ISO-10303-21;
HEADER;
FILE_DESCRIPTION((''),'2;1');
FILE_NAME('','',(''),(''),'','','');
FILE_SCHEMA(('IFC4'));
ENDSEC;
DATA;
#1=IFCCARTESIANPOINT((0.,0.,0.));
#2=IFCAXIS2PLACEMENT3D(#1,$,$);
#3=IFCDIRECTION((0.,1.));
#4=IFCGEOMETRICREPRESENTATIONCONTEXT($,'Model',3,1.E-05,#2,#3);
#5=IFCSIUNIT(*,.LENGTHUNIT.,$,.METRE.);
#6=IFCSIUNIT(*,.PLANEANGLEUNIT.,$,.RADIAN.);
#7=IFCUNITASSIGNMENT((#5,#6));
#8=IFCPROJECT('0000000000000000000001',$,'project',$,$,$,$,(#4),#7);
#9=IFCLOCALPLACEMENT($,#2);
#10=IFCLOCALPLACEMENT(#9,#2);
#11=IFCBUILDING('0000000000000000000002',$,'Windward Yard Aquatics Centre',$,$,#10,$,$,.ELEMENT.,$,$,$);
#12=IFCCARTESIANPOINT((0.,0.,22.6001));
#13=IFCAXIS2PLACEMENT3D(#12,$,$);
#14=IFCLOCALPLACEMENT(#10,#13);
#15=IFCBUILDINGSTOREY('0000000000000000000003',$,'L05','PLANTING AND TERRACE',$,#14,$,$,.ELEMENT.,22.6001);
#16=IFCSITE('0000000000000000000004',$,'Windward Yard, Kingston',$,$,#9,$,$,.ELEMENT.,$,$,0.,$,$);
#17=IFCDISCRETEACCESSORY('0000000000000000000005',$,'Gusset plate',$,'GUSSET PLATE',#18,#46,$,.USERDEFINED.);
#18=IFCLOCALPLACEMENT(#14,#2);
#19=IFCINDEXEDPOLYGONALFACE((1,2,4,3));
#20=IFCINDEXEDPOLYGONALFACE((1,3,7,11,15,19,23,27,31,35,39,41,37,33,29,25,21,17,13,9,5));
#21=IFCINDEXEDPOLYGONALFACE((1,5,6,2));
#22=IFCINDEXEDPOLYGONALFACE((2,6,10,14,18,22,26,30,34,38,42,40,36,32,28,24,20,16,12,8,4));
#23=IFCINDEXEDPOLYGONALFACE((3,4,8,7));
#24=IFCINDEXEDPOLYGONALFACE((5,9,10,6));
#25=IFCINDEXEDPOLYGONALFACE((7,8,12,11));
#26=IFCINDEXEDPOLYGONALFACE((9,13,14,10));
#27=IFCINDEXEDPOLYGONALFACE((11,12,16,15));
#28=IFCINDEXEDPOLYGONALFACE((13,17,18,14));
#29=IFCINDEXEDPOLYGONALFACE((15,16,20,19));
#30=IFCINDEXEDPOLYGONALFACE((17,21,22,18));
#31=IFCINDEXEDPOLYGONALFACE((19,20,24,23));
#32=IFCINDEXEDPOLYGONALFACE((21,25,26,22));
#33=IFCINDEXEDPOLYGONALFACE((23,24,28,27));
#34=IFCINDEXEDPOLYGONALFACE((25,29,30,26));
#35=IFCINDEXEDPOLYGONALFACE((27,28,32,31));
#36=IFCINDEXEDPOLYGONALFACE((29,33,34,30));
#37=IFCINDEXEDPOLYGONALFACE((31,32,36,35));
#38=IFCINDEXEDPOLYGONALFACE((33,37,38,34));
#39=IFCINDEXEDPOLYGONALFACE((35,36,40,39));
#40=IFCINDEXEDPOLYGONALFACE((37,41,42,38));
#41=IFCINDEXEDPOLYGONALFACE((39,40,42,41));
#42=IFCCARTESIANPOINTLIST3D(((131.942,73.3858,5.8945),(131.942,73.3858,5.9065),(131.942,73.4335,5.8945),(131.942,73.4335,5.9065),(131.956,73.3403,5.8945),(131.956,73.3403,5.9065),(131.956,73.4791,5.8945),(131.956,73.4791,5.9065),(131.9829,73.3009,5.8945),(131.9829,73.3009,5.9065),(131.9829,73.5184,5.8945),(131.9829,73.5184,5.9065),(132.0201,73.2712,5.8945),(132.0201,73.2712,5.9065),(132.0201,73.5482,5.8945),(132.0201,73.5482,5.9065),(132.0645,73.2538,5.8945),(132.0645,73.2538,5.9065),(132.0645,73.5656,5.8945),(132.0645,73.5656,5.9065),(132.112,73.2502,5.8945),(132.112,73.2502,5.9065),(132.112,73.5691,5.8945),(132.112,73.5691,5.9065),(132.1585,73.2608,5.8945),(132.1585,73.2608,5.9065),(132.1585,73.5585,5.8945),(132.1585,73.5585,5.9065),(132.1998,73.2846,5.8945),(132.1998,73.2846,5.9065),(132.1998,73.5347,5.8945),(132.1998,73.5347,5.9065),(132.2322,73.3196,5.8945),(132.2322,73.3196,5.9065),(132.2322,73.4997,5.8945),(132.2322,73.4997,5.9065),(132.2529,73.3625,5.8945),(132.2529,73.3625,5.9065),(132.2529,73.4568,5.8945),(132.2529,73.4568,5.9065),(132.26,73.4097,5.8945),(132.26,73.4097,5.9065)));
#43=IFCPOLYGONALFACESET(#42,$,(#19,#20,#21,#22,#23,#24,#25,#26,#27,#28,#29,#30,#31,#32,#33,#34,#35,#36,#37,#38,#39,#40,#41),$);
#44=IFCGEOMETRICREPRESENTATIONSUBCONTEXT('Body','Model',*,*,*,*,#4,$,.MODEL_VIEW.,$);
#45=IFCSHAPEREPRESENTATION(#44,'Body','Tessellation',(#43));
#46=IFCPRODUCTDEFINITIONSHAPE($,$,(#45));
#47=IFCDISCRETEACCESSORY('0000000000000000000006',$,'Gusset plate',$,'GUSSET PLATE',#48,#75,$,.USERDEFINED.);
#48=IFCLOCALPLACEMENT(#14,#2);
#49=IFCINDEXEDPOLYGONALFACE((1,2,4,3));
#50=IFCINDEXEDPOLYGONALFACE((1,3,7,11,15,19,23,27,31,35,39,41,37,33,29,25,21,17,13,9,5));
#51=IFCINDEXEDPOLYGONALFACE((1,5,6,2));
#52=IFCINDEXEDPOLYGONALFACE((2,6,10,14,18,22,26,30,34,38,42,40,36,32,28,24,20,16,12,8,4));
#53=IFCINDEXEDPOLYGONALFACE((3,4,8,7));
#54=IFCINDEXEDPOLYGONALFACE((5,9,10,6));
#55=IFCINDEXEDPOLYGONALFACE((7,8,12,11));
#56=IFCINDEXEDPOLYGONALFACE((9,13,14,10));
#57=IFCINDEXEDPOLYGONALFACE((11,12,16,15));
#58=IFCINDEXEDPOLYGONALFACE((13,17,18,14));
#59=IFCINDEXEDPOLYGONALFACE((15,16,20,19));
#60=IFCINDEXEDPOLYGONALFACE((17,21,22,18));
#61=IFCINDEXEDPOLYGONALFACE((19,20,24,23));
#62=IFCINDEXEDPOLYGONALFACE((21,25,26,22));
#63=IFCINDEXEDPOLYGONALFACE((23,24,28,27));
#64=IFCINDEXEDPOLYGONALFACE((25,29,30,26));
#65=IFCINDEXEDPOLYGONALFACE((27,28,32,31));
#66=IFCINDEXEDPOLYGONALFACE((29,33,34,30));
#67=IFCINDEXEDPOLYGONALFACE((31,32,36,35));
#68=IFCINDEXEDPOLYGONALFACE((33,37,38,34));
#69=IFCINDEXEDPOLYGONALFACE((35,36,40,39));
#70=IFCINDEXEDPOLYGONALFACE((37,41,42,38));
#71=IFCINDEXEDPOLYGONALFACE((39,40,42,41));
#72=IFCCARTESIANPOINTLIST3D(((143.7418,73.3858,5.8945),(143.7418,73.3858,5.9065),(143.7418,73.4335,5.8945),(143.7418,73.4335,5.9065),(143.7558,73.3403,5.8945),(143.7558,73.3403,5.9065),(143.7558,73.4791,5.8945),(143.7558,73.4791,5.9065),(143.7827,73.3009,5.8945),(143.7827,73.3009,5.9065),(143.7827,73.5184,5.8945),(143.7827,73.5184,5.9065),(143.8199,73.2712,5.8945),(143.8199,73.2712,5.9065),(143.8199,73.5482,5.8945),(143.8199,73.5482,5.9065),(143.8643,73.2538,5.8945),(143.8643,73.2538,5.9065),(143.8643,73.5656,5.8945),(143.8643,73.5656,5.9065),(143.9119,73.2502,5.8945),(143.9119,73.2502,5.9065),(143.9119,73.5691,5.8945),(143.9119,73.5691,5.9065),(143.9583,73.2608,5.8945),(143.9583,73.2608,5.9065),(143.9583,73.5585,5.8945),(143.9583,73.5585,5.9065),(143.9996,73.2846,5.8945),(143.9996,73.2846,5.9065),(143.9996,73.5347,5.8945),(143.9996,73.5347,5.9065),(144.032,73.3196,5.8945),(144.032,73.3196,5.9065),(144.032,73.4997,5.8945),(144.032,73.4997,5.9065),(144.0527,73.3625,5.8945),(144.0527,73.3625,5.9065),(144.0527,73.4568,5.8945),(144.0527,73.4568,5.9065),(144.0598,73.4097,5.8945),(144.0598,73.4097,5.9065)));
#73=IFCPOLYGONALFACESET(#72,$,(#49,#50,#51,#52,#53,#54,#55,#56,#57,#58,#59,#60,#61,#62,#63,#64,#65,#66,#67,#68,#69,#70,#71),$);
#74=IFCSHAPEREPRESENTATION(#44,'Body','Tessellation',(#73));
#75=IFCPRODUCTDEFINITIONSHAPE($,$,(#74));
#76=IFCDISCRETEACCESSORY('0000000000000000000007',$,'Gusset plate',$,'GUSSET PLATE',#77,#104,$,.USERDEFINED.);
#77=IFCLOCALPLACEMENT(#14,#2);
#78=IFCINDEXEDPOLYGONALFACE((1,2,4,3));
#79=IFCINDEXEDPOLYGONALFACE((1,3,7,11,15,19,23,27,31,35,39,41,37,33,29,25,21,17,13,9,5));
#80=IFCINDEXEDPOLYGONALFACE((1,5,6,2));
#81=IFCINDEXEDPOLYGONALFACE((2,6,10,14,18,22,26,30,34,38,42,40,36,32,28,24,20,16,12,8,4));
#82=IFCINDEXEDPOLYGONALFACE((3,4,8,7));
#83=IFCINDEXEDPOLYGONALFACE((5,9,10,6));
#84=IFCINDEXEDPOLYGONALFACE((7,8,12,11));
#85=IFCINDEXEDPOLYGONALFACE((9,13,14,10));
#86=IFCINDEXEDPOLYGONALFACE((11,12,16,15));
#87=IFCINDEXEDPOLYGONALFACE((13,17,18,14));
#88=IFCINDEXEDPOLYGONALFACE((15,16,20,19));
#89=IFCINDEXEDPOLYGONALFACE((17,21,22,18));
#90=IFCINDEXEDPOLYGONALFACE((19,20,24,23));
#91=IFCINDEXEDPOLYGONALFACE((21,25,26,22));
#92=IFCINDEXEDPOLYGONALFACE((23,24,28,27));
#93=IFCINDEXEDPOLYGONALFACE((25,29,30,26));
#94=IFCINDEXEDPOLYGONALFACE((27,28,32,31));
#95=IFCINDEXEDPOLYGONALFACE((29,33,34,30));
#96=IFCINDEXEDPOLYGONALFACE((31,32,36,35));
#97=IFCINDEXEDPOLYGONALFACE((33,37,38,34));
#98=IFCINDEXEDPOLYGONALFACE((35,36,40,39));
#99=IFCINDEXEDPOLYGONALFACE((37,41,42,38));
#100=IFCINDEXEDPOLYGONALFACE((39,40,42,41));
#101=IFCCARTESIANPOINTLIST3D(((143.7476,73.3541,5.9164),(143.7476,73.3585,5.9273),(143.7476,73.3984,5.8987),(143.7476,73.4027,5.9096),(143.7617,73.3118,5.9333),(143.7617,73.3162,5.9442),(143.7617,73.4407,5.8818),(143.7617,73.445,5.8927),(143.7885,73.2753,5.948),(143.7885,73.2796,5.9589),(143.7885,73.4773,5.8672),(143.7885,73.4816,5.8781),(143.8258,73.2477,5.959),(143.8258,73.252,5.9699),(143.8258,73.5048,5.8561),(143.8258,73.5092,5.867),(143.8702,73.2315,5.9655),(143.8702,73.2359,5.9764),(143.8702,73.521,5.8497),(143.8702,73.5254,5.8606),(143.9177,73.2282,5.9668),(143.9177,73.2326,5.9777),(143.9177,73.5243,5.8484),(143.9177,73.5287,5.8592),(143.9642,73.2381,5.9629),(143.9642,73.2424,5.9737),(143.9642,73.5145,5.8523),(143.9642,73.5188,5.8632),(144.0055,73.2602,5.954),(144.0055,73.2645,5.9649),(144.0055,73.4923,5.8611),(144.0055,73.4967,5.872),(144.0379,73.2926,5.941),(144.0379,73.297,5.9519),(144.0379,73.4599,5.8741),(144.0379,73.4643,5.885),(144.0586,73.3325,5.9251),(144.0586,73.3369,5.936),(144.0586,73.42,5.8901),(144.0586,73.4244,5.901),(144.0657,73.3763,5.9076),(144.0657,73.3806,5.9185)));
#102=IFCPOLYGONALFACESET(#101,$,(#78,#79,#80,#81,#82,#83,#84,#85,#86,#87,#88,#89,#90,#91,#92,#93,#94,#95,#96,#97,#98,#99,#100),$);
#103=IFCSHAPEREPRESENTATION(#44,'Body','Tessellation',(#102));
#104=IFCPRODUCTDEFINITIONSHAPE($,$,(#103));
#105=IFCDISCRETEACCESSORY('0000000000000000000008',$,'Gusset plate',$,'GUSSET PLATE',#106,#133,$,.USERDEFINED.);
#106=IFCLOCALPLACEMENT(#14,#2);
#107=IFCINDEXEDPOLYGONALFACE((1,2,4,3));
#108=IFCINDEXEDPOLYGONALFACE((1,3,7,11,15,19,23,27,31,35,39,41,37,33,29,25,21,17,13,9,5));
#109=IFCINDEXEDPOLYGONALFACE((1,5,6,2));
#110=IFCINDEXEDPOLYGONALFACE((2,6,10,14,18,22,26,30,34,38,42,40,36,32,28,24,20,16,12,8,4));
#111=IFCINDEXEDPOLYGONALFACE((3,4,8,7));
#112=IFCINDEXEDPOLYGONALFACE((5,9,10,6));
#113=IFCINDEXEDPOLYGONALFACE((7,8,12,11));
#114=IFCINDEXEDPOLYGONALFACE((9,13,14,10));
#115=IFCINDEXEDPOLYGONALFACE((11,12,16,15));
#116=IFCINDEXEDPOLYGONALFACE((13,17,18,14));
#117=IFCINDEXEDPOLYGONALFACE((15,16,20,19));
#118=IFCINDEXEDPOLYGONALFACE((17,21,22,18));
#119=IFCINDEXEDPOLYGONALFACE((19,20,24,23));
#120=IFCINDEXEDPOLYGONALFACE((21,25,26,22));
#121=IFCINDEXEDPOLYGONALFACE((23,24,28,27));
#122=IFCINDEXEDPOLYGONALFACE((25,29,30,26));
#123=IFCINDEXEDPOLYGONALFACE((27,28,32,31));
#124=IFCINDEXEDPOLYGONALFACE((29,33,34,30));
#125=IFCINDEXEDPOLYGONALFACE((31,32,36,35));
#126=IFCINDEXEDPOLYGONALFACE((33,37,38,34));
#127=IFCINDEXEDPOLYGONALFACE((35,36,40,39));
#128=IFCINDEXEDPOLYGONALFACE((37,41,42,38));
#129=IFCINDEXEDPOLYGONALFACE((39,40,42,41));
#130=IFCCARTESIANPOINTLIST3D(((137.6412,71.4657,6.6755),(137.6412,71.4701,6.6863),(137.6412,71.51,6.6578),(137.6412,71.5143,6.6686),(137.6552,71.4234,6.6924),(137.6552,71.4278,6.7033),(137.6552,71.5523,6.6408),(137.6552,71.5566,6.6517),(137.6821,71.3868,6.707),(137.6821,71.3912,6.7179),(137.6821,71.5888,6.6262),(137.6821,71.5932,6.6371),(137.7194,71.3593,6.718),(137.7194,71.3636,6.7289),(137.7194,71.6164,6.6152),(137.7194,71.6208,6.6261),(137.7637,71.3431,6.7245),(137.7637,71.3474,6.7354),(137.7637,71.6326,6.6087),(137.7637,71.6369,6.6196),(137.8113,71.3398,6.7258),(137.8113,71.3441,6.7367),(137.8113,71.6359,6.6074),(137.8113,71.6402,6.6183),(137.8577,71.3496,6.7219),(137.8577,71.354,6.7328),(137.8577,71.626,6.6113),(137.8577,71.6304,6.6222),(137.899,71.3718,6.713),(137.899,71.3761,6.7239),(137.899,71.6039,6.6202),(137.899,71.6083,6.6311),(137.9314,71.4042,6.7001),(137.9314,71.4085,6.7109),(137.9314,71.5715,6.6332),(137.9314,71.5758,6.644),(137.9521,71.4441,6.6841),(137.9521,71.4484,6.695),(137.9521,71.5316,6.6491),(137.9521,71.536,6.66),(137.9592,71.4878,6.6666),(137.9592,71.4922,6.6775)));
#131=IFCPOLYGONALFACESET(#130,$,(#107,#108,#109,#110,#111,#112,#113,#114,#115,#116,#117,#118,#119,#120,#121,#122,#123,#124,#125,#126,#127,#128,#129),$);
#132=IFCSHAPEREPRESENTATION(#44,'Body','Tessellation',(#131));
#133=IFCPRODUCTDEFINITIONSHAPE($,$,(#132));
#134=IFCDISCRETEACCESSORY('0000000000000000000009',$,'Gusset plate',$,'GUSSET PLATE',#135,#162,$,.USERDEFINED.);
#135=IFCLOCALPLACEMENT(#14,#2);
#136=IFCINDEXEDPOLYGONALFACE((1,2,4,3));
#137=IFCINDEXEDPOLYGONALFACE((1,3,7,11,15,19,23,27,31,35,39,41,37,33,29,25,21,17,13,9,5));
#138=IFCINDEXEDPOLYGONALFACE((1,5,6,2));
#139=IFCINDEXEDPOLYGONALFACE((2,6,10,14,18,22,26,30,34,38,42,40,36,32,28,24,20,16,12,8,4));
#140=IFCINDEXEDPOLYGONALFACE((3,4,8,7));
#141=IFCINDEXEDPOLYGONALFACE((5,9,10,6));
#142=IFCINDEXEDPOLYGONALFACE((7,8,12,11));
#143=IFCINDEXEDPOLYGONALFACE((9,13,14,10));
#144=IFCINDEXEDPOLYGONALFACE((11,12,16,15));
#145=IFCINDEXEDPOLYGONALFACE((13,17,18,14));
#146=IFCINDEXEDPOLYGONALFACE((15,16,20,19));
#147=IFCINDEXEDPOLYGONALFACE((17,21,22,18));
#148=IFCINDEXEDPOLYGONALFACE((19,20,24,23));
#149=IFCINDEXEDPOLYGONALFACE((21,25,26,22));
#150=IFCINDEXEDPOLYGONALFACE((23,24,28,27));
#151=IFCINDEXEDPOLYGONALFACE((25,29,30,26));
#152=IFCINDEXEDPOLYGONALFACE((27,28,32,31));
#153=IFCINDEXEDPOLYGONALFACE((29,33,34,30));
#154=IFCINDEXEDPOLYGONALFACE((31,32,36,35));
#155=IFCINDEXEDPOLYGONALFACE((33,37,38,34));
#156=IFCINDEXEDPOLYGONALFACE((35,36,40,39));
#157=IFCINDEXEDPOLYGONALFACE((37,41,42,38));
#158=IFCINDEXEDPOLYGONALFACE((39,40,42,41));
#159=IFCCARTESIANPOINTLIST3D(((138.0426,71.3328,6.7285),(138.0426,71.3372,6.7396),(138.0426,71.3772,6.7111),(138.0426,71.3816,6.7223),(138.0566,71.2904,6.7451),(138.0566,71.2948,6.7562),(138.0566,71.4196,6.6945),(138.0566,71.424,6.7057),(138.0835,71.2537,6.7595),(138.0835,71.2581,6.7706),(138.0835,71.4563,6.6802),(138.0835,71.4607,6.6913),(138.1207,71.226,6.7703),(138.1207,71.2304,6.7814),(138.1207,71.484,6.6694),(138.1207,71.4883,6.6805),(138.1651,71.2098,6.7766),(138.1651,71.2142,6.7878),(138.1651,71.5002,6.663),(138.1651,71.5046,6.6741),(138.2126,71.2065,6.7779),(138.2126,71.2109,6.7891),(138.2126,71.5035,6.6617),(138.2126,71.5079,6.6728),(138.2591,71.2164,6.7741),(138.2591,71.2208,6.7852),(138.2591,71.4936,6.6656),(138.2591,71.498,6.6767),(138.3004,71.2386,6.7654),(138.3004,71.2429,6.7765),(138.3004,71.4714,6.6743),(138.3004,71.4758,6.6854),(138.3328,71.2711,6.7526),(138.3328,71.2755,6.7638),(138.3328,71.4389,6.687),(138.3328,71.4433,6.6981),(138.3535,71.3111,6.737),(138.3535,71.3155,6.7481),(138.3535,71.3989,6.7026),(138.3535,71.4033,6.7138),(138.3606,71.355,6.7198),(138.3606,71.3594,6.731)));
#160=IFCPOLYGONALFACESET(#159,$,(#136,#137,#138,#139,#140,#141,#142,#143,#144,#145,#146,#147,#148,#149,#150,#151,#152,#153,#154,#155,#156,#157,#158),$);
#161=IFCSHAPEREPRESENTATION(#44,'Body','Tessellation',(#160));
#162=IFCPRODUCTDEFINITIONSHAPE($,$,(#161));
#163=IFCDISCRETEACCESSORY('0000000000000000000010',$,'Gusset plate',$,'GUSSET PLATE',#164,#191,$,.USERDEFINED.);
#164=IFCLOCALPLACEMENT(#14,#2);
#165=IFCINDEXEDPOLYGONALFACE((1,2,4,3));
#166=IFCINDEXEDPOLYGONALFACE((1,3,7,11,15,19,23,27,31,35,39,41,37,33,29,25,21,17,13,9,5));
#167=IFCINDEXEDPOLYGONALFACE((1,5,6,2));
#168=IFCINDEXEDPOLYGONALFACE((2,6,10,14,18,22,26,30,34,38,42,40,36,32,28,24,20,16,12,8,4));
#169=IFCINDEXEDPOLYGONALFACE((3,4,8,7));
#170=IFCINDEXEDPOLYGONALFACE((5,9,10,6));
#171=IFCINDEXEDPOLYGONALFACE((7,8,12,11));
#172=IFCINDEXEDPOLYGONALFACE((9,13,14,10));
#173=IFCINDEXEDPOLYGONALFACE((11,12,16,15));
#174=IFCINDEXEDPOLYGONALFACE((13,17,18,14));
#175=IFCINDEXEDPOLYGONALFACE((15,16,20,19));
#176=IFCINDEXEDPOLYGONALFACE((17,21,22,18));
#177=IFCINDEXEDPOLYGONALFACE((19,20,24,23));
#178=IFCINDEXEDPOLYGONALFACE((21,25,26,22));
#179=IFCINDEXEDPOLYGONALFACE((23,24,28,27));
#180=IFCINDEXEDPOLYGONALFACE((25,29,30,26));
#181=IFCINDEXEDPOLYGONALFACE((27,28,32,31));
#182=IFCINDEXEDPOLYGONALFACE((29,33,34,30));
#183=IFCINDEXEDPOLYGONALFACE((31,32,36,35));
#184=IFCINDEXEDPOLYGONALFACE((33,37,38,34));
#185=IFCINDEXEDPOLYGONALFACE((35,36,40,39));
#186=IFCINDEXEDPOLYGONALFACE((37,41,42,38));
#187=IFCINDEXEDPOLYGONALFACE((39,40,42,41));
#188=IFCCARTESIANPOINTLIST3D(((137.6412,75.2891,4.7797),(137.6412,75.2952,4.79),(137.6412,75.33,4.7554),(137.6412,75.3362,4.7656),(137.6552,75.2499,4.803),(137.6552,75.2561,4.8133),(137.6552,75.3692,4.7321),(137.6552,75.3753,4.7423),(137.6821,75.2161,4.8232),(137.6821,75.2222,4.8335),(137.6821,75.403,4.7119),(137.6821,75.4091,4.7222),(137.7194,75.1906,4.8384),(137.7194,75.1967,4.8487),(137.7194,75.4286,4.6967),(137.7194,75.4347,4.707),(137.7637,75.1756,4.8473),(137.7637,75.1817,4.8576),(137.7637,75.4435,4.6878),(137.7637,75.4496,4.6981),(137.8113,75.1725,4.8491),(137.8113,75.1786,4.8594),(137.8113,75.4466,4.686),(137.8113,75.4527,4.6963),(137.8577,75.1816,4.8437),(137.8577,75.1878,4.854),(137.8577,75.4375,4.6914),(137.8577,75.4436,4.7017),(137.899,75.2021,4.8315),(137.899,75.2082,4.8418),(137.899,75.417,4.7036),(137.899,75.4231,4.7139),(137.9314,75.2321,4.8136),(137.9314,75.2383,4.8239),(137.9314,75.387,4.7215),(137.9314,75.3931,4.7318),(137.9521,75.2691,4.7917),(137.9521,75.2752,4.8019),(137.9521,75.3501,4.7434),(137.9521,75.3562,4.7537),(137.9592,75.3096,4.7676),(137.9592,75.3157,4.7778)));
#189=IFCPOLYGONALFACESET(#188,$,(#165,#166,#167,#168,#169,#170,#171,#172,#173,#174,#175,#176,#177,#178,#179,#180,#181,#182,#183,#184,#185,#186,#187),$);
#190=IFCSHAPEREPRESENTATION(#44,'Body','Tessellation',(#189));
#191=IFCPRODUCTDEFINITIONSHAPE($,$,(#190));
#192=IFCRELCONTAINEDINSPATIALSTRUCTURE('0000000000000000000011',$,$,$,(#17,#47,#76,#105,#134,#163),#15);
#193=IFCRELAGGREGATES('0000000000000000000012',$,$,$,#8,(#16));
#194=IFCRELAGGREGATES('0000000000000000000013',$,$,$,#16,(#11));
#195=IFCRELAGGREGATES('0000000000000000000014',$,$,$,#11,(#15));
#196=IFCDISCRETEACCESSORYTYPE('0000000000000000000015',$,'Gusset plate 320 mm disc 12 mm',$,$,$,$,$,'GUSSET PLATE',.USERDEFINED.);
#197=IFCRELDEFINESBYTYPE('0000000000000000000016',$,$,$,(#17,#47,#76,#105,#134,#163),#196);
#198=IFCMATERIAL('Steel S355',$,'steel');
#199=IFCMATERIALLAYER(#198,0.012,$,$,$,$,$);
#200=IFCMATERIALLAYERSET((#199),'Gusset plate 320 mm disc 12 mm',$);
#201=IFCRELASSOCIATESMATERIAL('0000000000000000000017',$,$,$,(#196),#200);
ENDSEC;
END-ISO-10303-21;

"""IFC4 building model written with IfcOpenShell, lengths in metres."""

from ifc_helpers import new_model, si_unit, direction, frame, origin, origin_2d, place, context, subcontext, project, spatial, circle, extrude, material, layer, layer_set, type_object, element, save


model = new_model("IFC4")

# Units and contexts
model_context = context("Model", 3, precision=1e-05, world=origin(), true_north=direction((0.0, 1.0)))
body_context = subcontext(model_context, "Body", "Model", "MODEL_VIEW")
ifc_project = project(units=[si_unit("LENGTHUNIT", "METRE"), si_unit("PLANEANGLEUNIT", "RADIAN")], contexts=[model_context])

# Site, building, storey
site_placement = place(None, origin())
site = spatial("IfcSite", under=ifc_project, at=site_placement, Name="Windward Yard, Kingston", CompositionType="ELEMENT", RefElevation=0.0)
building_placement = place(site_placement, origin())
building = spatial("IfcBuilding", under=site, at=building_placement, Name="Windward Yard Aquatics Centre", CompositionType="ELEMENT")
storey_placement = place(building_placement, frame((0.0, 0.0, 22.6001)))
storey = spatial("IfcBuildingStorey", under=building, at=storey_placement, Name="L05", Description="PLANTING AND TERRACE", CompositionType="ELEMENT", Elevation=22.6001)

# Discrete accessories
ifc_material_1 = material(Name="Steel S355", Category="steel")
ifc_layer_1 = layer(ifc_material_1, 0.012)
ifc_layer_set_1 = layer_set([ifc_layer_1], Name="Gusset plate 320 mm disc 12 mm")
discrete_accessory_type = type_object("IfcDiscreteAccessoryType", Name="Gusset plate 320 mm disc 12 mm", ElementType="GUSSET PLATE", PredefinedType="USERDEFINED", material=ifc_layer_set_1)
for number, where, z_axis, x_axis, name in (
    (1, (132.1001, 73.4097, 5.8945), (0.0, 0.0, 1.0), (1.0, 0.0, 0.0), "Gusset plate"),
    (2, (143.8999, 73.4097, 5.8945), (0.0, 0.0, 1.0), (1.0, 0.0, 0.0), "Gusset plate"),
):
    element("IfcDiscreteAccessory", number, at=place(storey_placement, frame(where, z_axis=z_axis, x_axis=x_axis)), inside=storey, type_object=discrete_accessory_type, Name=name, ObjectType="GUSSET PLATE", PredefinedType="USERDEFINED", context=body_context, shape_type="SweptSolid", body=[
        extrude(circle(Radius=0.1599, at=origin_2d()), origin(), (0.0, 0.0, 1.0), 0.012),
    ])
for number, where, z_axis, x_axis, name in (
    (3, (143.9058, 73.3806, 5.9185), (0.0, -0.371391, -0.928477), (1.0, 0.0, 0.0), "Gusset plate"),
    (4, (137.7993, 71.4922, 6.6775), (0.0, -0.371391, -0.928477), (1.0, 0.0, 0.0), "Gusset plate"),
):
    element("IfcDiscreteAccessory", number, at=place(storey_placement, frame(where, z_axis=z_axis, x_axis=x_axis)), inside=storey, type_object=discrete_accessory_type, Name=name, ObjectType="GUSSET PLATE", PredefinedType="USERDEFINED", context=body_context, shape_type="SweptSolid", body=[
        extrude(circle(Radius=0.1599, at=origin_2d()), origin(), (0.0, 0.0, 1.0), 0.0117),
    ])
for number, where, z_axis, x_axis, name in (
    (5, (138.2007, 71.3594, 6.731), (0.0, -0.364399, -0.931243), (1.0, 0.0, 0.0), "Gusset plate"),
    (6, (137.7993, 75.3157, 4.7778), (0.0, -0.511484, -0.859293), (1.0, 0.0, 0.0), "Gusset plate"),
):
    element("IfcDiscreteAccessory", number, at=place(storey_placement, frame(where, z_axis=z_axis, x_axis=x_axis)), inside=storey, type_object=discrete_accessory_type, Name=name, ObjectType="GUSSET PLATE", PredefinedType="USERDEFINED", context=body_context, shape_type="SweptSolid", body=[
        extrude(circle(Radius=0.1599, at=origin_2d()), origin(), (0.0, 0.0, 1.0), 0.012),
    ])

save(model, "model.ifc")
